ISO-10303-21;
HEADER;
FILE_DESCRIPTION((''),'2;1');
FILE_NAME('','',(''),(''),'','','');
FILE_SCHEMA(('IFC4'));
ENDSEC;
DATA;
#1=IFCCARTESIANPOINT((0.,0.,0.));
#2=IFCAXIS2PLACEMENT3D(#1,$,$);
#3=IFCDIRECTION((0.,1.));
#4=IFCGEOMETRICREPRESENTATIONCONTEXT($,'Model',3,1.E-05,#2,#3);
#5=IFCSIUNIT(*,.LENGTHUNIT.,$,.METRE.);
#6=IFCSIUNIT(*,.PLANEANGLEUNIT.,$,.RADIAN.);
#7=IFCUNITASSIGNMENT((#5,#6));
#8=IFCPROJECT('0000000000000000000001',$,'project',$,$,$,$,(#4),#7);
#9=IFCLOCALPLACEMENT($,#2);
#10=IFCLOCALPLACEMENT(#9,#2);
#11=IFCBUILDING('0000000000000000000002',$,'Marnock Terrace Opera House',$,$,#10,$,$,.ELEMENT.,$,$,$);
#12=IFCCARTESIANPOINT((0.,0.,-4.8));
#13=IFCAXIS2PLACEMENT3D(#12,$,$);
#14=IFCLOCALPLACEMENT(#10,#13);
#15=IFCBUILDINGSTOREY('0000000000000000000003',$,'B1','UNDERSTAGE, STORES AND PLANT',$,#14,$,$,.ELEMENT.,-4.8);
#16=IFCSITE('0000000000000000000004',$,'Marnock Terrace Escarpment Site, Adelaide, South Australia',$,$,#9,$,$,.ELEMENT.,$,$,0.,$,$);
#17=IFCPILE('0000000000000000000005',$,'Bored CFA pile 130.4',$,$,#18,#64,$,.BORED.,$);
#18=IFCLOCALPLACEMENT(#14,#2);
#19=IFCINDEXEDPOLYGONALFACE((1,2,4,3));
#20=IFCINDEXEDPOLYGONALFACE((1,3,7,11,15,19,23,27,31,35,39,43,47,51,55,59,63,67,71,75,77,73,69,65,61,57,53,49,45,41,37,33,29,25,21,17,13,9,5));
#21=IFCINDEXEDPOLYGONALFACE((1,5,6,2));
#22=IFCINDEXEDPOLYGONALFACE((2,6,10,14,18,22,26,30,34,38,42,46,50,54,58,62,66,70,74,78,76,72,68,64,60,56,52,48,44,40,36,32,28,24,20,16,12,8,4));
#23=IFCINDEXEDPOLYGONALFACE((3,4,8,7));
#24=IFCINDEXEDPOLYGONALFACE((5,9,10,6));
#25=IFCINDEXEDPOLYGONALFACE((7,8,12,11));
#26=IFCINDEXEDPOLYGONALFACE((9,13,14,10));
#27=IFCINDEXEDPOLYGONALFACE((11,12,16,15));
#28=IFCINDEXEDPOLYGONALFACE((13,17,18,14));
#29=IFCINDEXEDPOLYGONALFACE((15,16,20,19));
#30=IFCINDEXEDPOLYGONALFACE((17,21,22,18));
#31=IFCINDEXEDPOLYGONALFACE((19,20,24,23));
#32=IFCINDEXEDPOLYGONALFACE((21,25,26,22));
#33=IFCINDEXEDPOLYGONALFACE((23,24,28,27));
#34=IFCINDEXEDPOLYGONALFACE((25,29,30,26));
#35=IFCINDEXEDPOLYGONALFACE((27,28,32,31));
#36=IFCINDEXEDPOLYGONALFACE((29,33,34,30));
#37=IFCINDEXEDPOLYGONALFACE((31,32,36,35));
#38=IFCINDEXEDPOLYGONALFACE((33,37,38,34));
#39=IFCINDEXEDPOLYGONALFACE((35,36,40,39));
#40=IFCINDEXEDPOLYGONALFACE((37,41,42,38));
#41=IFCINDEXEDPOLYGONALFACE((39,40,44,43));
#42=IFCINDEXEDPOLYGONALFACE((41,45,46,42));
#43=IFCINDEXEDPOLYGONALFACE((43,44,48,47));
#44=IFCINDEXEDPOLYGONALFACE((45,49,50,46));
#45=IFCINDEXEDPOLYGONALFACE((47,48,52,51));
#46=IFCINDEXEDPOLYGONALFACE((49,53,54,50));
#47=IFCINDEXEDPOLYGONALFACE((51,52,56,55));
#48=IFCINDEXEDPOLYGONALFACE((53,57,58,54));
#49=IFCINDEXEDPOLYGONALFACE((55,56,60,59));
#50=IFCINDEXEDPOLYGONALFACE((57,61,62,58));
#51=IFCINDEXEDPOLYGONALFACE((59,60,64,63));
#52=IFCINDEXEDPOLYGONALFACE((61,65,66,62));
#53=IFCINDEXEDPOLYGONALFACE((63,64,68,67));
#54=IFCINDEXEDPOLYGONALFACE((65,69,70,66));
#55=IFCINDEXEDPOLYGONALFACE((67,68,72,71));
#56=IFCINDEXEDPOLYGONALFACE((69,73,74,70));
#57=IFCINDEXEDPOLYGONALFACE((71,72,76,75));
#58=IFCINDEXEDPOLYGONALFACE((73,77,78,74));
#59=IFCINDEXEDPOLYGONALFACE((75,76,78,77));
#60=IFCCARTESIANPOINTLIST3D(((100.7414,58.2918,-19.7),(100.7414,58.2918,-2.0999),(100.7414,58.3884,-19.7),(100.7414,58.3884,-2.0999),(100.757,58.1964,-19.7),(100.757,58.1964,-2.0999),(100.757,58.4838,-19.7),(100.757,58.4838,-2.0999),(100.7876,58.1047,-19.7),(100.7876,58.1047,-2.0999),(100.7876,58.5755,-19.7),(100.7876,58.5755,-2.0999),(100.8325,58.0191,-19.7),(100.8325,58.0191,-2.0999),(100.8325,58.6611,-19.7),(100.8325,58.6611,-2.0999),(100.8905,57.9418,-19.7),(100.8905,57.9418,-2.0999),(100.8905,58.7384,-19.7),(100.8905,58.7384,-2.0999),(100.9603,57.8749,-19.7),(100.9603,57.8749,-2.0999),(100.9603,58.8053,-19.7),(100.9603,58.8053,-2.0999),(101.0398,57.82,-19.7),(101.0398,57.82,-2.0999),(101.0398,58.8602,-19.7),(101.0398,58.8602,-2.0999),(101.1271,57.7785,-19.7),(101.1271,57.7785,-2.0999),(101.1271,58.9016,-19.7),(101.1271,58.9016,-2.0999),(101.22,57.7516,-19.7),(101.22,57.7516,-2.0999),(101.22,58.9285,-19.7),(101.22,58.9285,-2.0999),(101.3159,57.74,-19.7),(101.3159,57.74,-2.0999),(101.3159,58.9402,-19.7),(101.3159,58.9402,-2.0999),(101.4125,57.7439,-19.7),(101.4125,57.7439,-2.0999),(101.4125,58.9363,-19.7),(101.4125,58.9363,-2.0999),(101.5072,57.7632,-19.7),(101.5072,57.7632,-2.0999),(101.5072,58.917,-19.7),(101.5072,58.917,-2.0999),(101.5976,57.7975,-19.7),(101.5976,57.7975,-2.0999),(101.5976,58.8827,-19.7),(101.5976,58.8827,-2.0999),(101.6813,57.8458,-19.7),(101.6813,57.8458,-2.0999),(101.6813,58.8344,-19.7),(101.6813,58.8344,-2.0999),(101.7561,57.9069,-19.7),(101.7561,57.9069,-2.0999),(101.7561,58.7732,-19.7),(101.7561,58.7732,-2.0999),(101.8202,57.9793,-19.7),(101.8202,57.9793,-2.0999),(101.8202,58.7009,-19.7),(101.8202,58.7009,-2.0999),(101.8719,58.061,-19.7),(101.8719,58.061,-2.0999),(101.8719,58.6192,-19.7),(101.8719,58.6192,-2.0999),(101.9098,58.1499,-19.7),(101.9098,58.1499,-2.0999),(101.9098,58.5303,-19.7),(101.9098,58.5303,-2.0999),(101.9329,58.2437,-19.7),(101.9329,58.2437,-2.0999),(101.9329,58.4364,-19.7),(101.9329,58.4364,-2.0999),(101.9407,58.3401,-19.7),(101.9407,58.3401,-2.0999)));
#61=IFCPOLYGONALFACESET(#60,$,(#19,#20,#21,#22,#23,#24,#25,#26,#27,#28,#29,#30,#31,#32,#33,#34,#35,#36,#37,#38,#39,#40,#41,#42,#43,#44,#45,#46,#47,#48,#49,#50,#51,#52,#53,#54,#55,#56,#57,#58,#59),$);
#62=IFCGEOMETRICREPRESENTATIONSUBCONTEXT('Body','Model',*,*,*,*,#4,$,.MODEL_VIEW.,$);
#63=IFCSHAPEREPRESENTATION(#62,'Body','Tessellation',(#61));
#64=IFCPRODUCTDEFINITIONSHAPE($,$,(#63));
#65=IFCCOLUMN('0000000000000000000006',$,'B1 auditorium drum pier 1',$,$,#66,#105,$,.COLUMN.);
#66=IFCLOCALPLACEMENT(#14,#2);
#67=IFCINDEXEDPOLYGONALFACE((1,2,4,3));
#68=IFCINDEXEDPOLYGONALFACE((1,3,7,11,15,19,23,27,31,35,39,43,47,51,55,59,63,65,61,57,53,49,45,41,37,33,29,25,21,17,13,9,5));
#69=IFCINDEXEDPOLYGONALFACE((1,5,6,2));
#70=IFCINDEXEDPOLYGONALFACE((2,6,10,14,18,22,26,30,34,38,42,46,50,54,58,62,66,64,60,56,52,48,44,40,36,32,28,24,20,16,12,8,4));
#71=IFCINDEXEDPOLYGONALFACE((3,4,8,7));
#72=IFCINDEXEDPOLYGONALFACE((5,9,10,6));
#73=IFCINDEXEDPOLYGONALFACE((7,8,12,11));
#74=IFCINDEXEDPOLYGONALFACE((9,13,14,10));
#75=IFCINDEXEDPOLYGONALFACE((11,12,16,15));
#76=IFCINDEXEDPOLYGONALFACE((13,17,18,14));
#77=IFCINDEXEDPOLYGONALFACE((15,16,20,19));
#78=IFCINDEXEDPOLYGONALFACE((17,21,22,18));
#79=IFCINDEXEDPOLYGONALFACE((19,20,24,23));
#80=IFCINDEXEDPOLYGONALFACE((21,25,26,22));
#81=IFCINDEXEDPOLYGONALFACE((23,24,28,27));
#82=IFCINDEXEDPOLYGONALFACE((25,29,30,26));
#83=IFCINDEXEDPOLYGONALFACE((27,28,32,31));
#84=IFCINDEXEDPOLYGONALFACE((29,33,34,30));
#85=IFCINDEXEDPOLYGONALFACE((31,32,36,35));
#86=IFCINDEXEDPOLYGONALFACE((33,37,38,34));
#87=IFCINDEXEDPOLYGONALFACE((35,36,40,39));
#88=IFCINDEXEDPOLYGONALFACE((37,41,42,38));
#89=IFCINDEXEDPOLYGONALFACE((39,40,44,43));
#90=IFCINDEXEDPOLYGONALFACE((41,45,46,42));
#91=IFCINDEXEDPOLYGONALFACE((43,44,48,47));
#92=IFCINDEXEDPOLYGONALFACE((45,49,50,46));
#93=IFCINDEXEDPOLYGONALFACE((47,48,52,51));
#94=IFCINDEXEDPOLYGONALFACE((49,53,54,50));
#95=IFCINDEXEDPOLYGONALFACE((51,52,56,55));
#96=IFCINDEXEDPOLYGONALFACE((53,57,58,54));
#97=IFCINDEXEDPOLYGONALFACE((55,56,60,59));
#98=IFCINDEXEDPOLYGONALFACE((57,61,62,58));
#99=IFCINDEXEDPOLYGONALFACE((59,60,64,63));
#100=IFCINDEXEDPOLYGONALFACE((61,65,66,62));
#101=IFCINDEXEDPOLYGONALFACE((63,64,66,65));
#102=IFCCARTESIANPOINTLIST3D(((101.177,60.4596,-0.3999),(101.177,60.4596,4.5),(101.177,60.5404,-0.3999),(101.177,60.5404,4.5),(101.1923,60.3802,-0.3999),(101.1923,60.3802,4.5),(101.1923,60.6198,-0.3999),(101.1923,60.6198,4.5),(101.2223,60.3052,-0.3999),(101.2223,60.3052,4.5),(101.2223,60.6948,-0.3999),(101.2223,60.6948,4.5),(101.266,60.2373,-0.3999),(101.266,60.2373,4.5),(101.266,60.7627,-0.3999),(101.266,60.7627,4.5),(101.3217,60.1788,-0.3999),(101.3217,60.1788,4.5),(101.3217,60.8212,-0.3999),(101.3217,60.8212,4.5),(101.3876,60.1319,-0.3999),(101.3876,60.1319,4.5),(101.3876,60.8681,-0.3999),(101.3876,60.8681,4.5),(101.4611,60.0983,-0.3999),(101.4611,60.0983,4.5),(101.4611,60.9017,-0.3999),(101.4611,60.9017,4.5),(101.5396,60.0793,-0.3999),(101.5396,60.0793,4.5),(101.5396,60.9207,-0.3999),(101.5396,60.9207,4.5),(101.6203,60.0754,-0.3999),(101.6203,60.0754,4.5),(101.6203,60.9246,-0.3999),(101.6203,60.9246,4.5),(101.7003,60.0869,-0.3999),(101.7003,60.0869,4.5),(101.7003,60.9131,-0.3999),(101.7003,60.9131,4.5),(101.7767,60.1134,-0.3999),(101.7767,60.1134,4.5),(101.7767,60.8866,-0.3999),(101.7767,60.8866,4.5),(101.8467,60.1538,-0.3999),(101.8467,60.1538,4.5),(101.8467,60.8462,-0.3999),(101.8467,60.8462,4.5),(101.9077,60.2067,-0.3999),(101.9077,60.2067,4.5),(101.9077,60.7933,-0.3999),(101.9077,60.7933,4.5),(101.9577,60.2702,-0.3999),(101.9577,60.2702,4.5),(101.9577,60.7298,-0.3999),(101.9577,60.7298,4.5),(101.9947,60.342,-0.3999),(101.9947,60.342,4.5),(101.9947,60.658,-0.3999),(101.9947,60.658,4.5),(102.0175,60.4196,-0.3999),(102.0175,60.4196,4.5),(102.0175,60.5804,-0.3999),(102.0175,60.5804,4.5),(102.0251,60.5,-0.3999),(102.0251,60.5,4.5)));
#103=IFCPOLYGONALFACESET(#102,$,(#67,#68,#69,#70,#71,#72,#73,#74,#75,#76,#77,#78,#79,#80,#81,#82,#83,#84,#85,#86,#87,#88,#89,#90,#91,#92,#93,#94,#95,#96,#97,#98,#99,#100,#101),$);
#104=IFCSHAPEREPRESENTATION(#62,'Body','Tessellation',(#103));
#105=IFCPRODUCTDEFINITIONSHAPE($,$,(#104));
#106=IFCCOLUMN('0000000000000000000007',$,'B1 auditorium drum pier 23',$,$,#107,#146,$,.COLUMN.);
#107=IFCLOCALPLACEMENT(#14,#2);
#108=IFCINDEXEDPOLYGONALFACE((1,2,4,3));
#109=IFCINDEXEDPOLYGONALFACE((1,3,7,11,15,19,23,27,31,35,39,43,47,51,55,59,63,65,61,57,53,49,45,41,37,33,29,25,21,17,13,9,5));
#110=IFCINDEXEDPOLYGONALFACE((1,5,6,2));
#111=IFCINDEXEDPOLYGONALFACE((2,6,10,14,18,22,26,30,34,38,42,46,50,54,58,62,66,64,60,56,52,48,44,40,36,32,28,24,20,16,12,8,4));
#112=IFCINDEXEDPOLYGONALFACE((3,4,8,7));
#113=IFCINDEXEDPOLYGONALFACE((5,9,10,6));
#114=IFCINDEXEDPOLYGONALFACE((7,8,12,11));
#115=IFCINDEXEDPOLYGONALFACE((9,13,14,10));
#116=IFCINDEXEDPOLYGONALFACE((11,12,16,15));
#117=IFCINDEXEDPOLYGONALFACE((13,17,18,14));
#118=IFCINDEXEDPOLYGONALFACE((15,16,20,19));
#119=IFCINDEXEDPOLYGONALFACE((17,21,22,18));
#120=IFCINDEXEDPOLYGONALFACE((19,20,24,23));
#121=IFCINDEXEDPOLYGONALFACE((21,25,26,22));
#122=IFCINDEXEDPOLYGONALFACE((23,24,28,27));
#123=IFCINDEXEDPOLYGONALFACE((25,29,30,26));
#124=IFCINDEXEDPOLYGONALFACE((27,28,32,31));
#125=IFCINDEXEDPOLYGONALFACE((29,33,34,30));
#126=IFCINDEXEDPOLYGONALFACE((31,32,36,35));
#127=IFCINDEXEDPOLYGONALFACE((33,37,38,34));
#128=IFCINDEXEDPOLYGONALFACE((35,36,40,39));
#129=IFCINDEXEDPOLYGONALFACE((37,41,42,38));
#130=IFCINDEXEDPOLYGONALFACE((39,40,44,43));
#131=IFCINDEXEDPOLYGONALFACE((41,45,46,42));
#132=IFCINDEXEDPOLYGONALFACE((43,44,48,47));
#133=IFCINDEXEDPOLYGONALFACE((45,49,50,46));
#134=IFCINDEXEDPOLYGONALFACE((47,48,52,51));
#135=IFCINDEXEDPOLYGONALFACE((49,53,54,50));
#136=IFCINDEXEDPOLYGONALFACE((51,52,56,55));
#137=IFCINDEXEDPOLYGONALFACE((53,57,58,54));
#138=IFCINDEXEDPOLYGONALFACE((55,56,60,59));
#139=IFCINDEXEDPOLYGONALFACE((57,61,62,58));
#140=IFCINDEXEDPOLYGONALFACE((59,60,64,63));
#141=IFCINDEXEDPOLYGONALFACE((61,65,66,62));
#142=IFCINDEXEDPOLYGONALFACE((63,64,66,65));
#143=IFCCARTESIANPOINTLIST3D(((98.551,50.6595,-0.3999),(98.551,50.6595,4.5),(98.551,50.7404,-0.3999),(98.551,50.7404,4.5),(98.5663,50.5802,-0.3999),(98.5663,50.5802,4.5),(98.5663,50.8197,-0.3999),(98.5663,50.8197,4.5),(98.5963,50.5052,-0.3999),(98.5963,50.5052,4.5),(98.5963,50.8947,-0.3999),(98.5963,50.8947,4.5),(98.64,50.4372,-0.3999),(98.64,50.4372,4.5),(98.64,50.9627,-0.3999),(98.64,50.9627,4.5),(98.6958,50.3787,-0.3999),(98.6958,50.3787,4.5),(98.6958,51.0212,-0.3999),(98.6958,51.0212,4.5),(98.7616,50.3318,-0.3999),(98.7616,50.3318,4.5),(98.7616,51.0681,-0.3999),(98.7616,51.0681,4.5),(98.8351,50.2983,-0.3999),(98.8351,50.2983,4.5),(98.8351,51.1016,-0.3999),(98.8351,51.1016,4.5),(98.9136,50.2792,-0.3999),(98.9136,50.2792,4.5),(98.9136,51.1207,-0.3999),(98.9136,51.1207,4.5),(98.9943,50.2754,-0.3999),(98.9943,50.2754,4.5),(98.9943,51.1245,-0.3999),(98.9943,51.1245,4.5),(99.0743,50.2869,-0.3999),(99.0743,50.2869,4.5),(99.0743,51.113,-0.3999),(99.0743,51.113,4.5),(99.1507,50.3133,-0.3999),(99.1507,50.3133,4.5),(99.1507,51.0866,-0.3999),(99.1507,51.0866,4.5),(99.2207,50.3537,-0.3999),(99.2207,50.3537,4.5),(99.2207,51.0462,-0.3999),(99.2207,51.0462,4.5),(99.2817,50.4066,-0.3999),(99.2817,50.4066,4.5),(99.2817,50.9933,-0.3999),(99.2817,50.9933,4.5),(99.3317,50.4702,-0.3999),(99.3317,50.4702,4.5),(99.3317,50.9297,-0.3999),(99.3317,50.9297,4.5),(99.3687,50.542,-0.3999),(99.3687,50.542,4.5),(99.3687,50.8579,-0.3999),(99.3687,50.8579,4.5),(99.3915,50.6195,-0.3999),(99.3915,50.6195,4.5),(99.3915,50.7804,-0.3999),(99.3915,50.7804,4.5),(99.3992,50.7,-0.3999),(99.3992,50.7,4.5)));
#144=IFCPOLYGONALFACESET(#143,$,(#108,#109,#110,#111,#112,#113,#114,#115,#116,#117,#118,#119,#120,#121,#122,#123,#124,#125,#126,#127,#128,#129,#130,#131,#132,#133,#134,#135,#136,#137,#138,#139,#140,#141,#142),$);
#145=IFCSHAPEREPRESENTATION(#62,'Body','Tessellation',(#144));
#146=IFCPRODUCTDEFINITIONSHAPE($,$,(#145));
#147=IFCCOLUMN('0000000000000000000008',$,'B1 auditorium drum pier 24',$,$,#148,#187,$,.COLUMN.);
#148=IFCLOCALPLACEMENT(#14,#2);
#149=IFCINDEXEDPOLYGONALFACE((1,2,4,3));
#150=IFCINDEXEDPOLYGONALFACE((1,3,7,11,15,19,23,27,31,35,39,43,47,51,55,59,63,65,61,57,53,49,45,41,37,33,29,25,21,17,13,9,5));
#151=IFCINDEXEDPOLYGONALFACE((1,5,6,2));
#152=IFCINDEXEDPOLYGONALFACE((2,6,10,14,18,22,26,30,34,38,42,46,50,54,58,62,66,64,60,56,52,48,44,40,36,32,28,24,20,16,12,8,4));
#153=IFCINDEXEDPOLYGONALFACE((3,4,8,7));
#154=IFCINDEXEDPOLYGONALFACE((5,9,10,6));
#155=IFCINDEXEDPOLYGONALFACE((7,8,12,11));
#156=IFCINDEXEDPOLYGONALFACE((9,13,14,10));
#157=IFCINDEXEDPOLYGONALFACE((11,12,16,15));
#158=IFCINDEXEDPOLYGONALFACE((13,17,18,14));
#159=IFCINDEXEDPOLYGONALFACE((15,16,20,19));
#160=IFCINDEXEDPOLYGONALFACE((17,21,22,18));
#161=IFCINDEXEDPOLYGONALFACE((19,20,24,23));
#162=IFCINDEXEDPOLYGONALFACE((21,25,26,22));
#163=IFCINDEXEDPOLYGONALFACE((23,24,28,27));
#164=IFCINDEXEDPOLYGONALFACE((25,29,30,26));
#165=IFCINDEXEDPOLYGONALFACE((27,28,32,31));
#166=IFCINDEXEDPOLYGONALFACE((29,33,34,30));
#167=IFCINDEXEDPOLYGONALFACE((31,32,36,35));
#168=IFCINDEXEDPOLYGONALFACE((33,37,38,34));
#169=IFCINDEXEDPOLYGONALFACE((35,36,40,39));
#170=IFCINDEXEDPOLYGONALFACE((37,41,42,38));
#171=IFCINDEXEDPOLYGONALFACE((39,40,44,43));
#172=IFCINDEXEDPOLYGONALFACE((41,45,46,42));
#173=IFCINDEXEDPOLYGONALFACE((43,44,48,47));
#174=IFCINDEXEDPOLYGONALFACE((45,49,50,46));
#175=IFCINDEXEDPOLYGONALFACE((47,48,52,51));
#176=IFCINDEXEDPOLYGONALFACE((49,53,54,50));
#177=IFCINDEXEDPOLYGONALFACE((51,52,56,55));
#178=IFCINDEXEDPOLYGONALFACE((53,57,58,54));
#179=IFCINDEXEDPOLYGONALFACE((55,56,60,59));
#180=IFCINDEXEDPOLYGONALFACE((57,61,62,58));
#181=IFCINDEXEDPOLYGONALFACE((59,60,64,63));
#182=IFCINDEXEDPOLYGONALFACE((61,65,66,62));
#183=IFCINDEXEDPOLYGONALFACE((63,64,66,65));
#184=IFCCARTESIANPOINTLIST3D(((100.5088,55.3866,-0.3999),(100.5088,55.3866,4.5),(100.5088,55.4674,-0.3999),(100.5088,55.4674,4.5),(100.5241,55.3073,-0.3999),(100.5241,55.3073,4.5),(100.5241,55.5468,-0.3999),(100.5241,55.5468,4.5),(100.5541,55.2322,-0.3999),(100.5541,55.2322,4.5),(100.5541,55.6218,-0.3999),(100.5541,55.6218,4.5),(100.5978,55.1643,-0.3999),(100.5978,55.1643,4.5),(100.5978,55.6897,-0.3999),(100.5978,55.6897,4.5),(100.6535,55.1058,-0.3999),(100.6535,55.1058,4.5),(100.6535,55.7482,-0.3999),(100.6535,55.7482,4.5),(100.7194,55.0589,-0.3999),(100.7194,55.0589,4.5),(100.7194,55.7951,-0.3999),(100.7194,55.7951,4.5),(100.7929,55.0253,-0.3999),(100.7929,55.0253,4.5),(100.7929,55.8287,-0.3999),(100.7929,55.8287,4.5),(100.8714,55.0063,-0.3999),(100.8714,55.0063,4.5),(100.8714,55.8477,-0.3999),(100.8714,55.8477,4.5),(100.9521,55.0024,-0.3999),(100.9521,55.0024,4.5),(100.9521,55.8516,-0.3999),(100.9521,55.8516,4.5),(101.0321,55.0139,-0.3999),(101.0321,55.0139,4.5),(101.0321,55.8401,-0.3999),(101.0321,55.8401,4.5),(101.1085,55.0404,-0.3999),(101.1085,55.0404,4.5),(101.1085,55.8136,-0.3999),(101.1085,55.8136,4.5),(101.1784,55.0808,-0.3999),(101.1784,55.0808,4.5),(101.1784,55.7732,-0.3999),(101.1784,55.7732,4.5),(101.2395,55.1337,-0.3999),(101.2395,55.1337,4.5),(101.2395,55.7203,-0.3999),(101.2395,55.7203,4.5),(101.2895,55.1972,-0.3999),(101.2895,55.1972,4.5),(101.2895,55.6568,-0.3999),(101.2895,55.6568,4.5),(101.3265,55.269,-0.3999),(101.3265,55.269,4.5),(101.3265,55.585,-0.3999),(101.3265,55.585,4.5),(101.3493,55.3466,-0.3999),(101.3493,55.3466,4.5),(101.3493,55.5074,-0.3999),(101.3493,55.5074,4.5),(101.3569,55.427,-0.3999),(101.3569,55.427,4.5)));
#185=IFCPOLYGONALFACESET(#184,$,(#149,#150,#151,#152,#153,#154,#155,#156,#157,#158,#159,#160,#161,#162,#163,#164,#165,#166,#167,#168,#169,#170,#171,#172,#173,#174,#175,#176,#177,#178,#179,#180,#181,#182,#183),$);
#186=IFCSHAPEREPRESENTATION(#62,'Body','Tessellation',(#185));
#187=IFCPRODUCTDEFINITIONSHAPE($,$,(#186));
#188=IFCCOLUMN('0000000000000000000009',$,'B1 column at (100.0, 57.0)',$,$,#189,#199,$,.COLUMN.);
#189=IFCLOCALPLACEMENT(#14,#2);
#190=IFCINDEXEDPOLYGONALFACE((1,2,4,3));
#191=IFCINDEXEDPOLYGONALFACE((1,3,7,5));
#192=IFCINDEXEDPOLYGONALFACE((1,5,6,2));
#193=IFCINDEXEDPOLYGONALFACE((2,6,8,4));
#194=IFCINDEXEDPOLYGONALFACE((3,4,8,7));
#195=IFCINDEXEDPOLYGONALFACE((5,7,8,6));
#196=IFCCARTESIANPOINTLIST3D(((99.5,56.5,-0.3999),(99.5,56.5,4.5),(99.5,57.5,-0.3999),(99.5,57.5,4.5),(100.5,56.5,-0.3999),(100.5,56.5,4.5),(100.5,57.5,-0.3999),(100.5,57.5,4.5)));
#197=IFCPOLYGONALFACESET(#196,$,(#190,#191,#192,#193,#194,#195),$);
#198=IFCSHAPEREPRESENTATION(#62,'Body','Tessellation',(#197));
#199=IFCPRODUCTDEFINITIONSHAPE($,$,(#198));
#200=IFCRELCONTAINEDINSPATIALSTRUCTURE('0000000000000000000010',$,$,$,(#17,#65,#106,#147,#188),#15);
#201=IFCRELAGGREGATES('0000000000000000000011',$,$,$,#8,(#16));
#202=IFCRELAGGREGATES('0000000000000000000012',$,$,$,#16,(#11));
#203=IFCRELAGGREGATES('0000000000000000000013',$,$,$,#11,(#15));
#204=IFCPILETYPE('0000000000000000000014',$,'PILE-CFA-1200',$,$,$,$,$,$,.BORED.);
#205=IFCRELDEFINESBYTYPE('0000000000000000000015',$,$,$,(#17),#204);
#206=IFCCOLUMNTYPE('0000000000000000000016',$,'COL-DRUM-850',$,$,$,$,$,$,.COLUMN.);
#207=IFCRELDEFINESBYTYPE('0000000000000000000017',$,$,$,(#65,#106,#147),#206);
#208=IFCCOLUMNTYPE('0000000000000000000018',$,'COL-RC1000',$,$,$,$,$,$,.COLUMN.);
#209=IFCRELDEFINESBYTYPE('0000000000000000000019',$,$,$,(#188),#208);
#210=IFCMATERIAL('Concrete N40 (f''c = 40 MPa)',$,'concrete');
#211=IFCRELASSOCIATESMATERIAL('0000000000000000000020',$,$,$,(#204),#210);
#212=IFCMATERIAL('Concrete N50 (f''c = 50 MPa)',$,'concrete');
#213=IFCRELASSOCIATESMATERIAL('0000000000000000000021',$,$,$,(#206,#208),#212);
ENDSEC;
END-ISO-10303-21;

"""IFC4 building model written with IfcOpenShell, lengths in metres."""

from ifc_helpers import new_model, si_unit, direction, frame, origin, origin_2d, place, context, subcontext, project, spatial, rectangle, circle, extrude, material, material_profile, profile_set, type_object, element, save


model = new_model("IFC4")

# Units and contexts
model_context = context("Model", 3, precision=1e-05, world=origin(), true_north=direction((0.0, 1.0)))
body_context = subcontext(model_context, "Body", "Model", "MODEL_VIEW")
ifc_project = project(units=[si_unit("LENGTHUNIT", "METRE"), si_unit("PLANEANGLEUNIT", "RADIAN")], contexts=[model_context])

# Site, building, storey
site_placement = place(None, origin())
site = spatial("IfcSite", under=ifc_project, at=site_placement, Name="Marnock Terrace Escarpment Site, Adelaide, South Australia", CompositionType="ELEMENT", RefElevation=0.0)
building_placement = place(site_placement, origin())
building = spatial("IfcBuilding", under=site, at=building_placement, Name="Marnock Terrace Opera House", CompositionType="ELEMENT")
storey_placement = place(building_placement, frame((0.0, 0.0, -4.8)))
storey = spatial("IfcBuildingStorey", under=building, at=storey_placement, Name="B1", Description="UNDERSTAGE, STORES AND PLANT", CompositionType="ELEMENT", Elevation=-4.8)

# Shared definitions
ifc_material_1 = material(Name="Concrete N40 (f'c = 40 MPa)", Category="concrete")

# Pile
ifc_material_profile_1 = material_profile(ifc_material_1, circle(Radius=0.6006, at=origin_2d()))
ifc_profile_set_1 = profile_set([ifc_material_profile_1], Name="Concrete N40 (f'c = 40 MPa)")
pile_type = type_object("IfcPileType", Name="PILE-CFA-1200", PredefinedType="BORED", material=ifc_profile_set_1)
for number, where, z_axis, x_axis, name in (
    (1, (101.3401, 58.3401, -2.0999), (0.0, 0.0, -1.0), (1.0, 0.0, 0.0), "Bored CFA pile 130.4"),
):
    element("IfcPile", number, at=place(storey_placement, frame(where, z_axis=z_axis, x_axis=x_axis)), inside=storey, type_object=pile_type, Name=name, PredefinedType="BORED", context=body_context, shape_type="SweptSolid", body=[
        extrude(circle(Radius=0.6006, at=origin_2d()), origin(), (0.0, 0.0, 1.0), 17.6001),
    ])

# Columns
ifc_material_2 = material(Name="Concrete N50 (f'c = 50 MPa)", Category="concrete")
ifc_material_profile_2 = material_profile(ifc_material_2, circle(Radius=0.425, at=origin_2d()))
ifc_profile_set_2 = profile_set([ifc_material_profile_2], Name="Concrete N50 (f'c = 50 MPa)")
column_type_1 = type_object("IfcColumnType", Name="COL-DRUM-850", PredefinedType="COLUMN", material=ifc_profile_set_2)
for number, where, z_axis, x_axis, name in (
    (2, (101.6001, 60.5, -0.3999), (0.0, 0.0, 1.0), (1.0, 0.0, 0.0), "B1 auditorium drum pier 1"),
    (3, (98.9741, 50.7, -0.3999), (0.0, 0.0, 1.0), (1.0, 0.0, 0.0), "B1 auditorium drum pier 23"),
    (4, (100.9319, 55.427, -0.3999), (0.0, 0.0, 1.0), (1.0, 0.0, 0.0), "B1 auditorium drum pier 24"),
):
    element("IfcColumn", number, at=place(storey_placement, frame(where, z_axis=z_axis, x_axis=x_axis)), inside=storey, type_object=column_type_1, Name=name, PredefinedType="COLUMN", context=body_context, shape_type="SweptSolid", body=[
        extrude(circle(Radius=0.425, at=origin_2d()), origin(), (0.0, 0.0, 1.0), 4.8999),
    ])
ifc_material_profile_3 = material_profile(ifc_material_2, rectangle(XDim=1.0, YDim=1.0, at=origin_2d()))
ifc_profile_set_3 = profile_set([ifc_material_profile_3], Name="Concrete N50 (f'c = 50 MPa)")
column_type_2 = type_object("IfcColumnType", Name="COL-RC1000", PredefinedType="COLUMN", material=ifc_profile_set_3)
column_placement = place(storey_placement, frame((100.0, 57.0, -0.3999), z_axis=(0.0, 0.0, 1.0), x_axis=(1.0, 0.0, 0.0)))
element("IfcColumn", 5, at=column_placement, inside=storey, type_object=column_type_2, Name="B1 column at (100.0, 57.0)", PredefinedType="COLUMN", context=body_context, shape_type="SweptSolid", body=[
    extrude(rectangle(XDim=1.0, YDim=1.0, at=origin_2d()), origin(), (0.0, 0.0, 1.0), 4.8999),
])

save(model, "model.ifc")
